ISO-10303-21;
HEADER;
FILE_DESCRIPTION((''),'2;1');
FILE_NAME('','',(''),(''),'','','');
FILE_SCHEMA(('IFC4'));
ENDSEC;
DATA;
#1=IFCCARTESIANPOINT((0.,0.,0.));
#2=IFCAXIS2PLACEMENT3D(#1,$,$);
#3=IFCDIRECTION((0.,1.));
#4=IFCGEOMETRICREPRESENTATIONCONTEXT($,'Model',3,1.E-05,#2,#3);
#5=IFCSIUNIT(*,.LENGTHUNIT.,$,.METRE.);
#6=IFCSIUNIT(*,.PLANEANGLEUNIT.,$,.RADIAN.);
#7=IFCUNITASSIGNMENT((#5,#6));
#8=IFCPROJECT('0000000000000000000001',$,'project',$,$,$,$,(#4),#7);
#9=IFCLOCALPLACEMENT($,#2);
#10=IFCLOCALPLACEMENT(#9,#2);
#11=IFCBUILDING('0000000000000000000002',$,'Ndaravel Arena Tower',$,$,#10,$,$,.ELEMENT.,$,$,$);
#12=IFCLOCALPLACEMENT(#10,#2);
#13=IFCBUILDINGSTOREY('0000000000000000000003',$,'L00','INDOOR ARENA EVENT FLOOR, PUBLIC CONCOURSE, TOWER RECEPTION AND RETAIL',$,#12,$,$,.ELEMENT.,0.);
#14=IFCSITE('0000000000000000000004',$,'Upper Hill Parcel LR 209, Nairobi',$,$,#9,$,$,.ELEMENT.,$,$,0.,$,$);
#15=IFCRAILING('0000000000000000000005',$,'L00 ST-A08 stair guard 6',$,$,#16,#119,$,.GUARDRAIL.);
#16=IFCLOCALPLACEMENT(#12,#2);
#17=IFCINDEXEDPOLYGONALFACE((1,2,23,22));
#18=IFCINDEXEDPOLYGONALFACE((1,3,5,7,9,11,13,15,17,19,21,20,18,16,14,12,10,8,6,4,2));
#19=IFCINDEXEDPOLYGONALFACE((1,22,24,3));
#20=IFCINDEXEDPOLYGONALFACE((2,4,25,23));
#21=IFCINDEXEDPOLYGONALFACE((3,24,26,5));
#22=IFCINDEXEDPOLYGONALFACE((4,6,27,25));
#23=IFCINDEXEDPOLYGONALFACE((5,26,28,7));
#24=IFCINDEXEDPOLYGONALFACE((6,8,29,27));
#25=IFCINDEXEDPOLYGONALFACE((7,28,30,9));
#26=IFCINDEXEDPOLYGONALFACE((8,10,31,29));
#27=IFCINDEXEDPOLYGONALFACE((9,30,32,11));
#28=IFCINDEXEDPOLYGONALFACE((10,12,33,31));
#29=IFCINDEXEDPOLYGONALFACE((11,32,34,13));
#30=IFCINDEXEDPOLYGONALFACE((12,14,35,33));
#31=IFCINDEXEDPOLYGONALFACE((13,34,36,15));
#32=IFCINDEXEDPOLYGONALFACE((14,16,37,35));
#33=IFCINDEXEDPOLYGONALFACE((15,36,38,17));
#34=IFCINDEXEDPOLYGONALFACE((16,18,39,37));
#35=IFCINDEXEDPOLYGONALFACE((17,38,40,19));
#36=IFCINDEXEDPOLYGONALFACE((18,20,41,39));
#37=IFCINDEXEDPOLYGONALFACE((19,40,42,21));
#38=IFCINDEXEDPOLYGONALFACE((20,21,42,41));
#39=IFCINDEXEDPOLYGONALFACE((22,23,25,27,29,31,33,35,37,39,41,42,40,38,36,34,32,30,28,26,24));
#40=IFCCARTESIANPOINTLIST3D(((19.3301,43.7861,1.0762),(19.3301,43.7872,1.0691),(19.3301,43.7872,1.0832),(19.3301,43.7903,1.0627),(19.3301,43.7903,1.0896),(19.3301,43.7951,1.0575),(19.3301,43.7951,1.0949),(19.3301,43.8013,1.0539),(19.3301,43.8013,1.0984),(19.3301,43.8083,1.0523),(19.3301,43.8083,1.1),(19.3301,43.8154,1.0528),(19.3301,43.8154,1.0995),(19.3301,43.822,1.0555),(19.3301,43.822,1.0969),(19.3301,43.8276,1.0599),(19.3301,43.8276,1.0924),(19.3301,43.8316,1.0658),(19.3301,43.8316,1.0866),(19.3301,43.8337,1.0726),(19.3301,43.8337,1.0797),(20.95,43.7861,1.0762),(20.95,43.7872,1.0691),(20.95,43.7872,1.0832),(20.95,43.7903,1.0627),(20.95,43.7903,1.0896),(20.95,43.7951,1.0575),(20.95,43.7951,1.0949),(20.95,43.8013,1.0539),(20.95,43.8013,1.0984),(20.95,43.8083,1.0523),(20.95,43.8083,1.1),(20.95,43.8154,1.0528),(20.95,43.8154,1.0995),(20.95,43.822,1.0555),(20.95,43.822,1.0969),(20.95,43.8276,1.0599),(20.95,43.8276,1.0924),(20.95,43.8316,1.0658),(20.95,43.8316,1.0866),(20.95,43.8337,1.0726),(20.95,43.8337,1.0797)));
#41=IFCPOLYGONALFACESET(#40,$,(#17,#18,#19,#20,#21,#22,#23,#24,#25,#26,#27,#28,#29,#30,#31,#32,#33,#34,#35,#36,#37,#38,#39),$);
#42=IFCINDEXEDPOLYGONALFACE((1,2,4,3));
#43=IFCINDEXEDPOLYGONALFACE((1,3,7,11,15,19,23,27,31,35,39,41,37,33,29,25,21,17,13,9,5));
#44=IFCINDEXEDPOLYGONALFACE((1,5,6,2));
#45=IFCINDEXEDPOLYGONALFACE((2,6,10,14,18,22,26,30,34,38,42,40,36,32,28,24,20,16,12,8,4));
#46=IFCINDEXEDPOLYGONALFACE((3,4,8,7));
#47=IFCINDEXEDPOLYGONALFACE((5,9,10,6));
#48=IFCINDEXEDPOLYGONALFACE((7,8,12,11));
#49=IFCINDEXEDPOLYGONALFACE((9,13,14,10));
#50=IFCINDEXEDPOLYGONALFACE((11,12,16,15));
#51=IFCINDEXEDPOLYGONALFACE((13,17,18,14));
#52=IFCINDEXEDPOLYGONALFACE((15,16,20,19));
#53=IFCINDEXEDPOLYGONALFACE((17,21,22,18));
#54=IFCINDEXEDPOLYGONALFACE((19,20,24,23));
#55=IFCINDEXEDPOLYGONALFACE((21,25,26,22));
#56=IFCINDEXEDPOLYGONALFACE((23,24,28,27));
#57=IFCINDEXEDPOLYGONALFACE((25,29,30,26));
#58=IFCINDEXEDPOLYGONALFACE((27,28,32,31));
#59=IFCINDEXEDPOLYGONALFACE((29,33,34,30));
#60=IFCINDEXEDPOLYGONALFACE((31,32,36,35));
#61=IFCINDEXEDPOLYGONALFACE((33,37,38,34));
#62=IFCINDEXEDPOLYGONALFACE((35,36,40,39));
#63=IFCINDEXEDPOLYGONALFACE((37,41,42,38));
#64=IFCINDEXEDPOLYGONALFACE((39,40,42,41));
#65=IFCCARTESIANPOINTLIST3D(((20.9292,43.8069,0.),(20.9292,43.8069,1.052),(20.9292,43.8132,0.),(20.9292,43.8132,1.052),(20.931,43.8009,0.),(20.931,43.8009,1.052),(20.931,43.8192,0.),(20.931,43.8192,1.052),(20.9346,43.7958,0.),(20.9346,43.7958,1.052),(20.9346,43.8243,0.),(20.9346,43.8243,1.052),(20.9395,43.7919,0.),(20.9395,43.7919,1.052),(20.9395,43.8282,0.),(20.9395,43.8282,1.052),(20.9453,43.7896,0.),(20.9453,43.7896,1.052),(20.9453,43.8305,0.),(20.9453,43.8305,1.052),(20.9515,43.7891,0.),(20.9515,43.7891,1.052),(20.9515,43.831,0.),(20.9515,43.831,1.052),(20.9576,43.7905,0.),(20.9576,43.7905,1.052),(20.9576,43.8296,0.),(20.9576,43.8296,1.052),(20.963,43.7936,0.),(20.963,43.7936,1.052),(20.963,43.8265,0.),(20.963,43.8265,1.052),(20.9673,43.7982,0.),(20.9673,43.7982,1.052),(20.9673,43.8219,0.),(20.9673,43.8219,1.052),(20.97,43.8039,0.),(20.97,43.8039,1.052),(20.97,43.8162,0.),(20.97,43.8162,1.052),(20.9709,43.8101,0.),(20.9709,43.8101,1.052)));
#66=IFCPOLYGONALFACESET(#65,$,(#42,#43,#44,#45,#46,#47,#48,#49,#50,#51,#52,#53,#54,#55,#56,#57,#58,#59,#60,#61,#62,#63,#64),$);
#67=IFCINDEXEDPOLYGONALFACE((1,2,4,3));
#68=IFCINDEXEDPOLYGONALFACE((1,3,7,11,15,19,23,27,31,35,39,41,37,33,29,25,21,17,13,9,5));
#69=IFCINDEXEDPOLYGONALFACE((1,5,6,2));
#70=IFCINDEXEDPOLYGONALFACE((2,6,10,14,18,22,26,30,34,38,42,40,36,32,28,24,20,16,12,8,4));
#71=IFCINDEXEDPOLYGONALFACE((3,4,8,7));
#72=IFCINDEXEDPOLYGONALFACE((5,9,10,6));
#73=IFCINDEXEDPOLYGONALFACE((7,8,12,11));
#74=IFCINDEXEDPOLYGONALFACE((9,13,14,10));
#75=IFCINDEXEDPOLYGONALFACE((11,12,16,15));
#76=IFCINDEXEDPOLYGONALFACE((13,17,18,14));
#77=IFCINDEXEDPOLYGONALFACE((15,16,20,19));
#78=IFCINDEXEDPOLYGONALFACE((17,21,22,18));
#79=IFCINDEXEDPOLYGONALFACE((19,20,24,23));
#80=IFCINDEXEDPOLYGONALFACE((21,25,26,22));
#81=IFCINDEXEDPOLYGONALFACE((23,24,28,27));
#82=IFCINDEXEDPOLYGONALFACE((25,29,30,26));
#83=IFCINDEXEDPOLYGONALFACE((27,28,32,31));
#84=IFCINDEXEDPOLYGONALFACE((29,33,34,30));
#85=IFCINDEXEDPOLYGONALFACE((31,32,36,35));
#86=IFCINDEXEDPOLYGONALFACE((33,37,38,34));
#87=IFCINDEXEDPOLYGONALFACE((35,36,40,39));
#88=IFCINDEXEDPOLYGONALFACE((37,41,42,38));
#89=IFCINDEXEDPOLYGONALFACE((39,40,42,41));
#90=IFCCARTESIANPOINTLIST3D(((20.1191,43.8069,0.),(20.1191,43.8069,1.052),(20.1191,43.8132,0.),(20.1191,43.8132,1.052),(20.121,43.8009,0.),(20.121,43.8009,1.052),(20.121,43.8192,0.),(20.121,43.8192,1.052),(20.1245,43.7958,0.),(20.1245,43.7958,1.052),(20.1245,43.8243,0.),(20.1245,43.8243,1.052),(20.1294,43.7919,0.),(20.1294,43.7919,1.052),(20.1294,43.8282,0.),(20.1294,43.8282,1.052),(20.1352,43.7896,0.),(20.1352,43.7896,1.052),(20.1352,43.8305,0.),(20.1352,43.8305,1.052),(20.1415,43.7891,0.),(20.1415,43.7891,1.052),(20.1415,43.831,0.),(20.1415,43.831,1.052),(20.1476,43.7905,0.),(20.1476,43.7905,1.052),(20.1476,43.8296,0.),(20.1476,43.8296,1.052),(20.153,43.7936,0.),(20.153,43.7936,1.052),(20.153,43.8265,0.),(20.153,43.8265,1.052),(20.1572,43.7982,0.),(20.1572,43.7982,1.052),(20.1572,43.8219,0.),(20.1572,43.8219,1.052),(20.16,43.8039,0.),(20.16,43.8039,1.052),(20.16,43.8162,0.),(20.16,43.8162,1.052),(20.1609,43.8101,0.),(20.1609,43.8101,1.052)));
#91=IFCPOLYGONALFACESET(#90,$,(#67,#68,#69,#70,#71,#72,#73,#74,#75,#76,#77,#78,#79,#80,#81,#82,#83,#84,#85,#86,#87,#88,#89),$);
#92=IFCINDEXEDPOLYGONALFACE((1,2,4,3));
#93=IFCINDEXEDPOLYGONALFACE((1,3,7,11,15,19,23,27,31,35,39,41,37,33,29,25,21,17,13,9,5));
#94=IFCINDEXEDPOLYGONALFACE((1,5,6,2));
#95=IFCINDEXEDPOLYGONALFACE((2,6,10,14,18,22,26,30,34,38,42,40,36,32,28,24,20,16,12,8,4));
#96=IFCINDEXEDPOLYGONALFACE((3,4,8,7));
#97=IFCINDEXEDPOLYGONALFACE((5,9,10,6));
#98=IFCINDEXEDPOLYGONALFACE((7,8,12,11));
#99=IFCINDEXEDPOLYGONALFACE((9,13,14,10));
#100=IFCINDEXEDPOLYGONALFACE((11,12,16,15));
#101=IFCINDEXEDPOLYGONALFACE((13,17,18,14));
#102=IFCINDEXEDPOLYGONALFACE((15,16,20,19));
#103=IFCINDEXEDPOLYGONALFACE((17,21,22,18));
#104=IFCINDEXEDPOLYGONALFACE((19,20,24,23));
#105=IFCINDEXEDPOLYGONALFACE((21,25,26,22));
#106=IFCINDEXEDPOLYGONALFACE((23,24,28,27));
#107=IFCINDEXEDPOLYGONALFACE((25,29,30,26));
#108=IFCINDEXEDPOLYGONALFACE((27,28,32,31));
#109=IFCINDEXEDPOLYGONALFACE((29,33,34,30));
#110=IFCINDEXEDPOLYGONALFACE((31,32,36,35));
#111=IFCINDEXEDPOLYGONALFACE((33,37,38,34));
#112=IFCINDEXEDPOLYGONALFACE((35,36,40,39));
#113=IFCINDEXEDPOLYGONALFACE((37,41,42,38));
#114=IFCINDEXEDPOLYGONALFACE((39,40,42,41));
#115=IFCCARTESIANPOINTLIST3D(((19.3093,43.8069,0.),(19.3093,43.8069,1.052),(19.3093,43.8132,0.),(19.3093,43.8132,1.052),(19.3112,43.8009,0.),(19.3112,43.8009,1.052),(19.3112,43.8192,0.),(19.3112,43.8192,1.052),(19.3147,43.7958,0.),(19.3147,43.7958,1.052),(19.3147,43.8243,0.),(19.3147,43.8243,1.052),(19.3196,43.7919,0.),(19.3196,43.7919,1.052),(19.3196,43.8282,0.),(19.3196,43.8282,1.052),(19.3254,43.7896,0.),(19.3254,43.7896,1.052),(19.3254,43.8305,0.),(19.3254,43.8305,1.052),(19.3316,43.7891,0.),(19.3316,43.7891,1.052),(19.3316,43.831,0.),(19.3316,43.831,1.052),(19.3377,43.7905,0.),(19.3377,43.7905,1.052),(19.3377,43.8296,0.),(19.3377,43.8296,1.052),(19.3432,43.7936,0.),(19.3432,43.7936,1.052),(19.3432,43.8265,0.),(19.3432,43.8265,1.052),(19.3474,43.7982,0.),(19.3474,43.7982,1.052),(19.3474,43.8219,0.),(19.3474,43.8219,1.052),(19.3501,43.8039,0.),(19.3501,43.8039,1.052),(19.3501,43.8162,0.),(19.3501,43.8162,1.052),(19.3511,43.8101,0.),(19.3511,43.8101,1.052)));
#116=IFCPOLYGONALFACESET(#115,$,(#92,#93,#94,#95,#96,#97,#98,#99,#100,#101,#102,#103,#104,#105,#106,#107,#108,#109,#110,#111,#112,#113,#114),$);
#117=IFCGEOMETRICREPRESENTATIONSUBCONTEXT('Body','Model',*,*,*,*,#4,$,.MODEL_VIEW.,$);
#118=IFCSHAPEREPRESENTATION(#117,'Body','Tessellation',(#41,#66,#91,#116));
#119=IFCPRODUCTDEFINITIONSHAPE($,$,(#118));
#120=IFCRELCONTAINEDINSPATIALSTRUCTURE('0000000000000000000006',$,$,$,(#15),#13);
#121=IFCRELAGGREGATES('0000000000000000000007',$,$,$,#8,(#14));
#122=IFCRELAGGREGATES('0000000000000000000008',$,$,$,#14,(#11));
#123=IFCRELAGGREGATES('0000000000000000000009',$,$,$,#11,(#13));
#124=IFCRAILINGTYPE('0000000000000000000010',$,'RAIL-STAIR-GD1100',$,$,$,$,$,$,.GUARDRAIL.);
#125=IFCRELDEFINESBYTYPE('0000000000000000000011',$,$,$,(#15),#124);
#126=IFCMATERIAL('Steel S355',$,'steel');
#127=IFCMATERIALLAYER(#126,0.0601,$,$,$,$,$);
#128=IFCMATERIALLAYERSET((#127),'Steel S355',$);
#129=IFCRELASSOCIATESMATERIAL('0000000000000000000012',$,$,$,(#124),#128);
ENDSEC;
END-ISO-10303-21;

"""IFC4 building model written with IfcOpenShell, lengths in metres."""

from ifc_helpers import new_model, si_unit, direction, frame, origin, origin_2d, place, context, subcontext, project, spatial, circle, extrude, material, layer, layer_set, type_object, element, save


model = new_model("IFC4")

# Units and contexts
model_context = context("Model", 3, precision=1e-05, world=origin(), true_north=direction((0.0, 1.0)))
body_context = subcontext(model_context, "Body", "Model", "MODEL_VIEW")
ifc_project = project(units=[si_unit("LENGTHUNIT", "METRE"), si_unit("PLANEANGLEUNIT", "RADIAN")], contexts=[model_context])

# Site, building, storey
site_placement = place(None, origin())
site = spatial("IfcSite", under=ifc_project, at=site_placement, Name="Upper Hill Parcel LR 209, Nairobi", CompositionType="ELEMENT", RefElevation=0.0)
building_placement = place(site_placement, origin())
building = spatial("IfcBuilding", under=site, at=building_placement, Name="Ndaravel Arena Tower", CompositionType="ELEMENT")
storey_placement = place(building_placement, origin())
storey = spatial("IfcBuildingStorey", under=building, at=storey_placement, Name="L00", Description="INDOOR ARENA EVENT FLOOR, PUBLIC CONCOURSE, TOWER RECEPTION AND RETAIL", CompositionType="ELEMENT", Elevation=0.0)

# Railing
ifc_material_1 = material(Name="Steel S355", Category="steel")
ifc_layer_1 = layer(ifc_material_1, 0.0601)
ifc_layer_set_1 = layer_set([ifc_layer_1], Name="Steel S355")
railing_type_1 = type_object("IfcRailingType", Name="RAIL-STAIR-GD1100", PredefinedType="GUARDRAIL", material=ifc_layer_set_1)
for number, where, name in (
    (1, (20.95, 43.8101, 0.0), "L00 ST-A08 stair guard 6"),
):
    element("IfcRailing", number, at=place(storey_placement, frame(where)), inside=storey, type_object=railing_type_1, Name=name, PredefinedType="GUARDRAIL", context=body_context, shape_type="SweptSolid", body=[
        extrude(circle(Radius=0.0239, at=origin_2d()), frame((0.0, 0.0, 1.0762), z_axis=(-1.0, 0.0, 0.0), x_axis=(0.0, -1.0, 0.0)), (0.0, 0.0, 1.0), 1.6199),
        extrude(circle(Radius=0.021, at=origin_2d()), origin(), (0.0, 0.0, 1.0), 1.052),
        extrude(circle(Radius=0.021, at=origin_2d()), frame((-0.8101, 0.0, 0.0)), (0.0, 0.0, 1.0), 1.052),
        extrude(circle(Radius=0.021, at=origin_2d()), frame((-1.6199, 0.0, 0.0)), (0.0, 0.0, 1.0), 1.052),
    ])

save(model, "model.ifc")
